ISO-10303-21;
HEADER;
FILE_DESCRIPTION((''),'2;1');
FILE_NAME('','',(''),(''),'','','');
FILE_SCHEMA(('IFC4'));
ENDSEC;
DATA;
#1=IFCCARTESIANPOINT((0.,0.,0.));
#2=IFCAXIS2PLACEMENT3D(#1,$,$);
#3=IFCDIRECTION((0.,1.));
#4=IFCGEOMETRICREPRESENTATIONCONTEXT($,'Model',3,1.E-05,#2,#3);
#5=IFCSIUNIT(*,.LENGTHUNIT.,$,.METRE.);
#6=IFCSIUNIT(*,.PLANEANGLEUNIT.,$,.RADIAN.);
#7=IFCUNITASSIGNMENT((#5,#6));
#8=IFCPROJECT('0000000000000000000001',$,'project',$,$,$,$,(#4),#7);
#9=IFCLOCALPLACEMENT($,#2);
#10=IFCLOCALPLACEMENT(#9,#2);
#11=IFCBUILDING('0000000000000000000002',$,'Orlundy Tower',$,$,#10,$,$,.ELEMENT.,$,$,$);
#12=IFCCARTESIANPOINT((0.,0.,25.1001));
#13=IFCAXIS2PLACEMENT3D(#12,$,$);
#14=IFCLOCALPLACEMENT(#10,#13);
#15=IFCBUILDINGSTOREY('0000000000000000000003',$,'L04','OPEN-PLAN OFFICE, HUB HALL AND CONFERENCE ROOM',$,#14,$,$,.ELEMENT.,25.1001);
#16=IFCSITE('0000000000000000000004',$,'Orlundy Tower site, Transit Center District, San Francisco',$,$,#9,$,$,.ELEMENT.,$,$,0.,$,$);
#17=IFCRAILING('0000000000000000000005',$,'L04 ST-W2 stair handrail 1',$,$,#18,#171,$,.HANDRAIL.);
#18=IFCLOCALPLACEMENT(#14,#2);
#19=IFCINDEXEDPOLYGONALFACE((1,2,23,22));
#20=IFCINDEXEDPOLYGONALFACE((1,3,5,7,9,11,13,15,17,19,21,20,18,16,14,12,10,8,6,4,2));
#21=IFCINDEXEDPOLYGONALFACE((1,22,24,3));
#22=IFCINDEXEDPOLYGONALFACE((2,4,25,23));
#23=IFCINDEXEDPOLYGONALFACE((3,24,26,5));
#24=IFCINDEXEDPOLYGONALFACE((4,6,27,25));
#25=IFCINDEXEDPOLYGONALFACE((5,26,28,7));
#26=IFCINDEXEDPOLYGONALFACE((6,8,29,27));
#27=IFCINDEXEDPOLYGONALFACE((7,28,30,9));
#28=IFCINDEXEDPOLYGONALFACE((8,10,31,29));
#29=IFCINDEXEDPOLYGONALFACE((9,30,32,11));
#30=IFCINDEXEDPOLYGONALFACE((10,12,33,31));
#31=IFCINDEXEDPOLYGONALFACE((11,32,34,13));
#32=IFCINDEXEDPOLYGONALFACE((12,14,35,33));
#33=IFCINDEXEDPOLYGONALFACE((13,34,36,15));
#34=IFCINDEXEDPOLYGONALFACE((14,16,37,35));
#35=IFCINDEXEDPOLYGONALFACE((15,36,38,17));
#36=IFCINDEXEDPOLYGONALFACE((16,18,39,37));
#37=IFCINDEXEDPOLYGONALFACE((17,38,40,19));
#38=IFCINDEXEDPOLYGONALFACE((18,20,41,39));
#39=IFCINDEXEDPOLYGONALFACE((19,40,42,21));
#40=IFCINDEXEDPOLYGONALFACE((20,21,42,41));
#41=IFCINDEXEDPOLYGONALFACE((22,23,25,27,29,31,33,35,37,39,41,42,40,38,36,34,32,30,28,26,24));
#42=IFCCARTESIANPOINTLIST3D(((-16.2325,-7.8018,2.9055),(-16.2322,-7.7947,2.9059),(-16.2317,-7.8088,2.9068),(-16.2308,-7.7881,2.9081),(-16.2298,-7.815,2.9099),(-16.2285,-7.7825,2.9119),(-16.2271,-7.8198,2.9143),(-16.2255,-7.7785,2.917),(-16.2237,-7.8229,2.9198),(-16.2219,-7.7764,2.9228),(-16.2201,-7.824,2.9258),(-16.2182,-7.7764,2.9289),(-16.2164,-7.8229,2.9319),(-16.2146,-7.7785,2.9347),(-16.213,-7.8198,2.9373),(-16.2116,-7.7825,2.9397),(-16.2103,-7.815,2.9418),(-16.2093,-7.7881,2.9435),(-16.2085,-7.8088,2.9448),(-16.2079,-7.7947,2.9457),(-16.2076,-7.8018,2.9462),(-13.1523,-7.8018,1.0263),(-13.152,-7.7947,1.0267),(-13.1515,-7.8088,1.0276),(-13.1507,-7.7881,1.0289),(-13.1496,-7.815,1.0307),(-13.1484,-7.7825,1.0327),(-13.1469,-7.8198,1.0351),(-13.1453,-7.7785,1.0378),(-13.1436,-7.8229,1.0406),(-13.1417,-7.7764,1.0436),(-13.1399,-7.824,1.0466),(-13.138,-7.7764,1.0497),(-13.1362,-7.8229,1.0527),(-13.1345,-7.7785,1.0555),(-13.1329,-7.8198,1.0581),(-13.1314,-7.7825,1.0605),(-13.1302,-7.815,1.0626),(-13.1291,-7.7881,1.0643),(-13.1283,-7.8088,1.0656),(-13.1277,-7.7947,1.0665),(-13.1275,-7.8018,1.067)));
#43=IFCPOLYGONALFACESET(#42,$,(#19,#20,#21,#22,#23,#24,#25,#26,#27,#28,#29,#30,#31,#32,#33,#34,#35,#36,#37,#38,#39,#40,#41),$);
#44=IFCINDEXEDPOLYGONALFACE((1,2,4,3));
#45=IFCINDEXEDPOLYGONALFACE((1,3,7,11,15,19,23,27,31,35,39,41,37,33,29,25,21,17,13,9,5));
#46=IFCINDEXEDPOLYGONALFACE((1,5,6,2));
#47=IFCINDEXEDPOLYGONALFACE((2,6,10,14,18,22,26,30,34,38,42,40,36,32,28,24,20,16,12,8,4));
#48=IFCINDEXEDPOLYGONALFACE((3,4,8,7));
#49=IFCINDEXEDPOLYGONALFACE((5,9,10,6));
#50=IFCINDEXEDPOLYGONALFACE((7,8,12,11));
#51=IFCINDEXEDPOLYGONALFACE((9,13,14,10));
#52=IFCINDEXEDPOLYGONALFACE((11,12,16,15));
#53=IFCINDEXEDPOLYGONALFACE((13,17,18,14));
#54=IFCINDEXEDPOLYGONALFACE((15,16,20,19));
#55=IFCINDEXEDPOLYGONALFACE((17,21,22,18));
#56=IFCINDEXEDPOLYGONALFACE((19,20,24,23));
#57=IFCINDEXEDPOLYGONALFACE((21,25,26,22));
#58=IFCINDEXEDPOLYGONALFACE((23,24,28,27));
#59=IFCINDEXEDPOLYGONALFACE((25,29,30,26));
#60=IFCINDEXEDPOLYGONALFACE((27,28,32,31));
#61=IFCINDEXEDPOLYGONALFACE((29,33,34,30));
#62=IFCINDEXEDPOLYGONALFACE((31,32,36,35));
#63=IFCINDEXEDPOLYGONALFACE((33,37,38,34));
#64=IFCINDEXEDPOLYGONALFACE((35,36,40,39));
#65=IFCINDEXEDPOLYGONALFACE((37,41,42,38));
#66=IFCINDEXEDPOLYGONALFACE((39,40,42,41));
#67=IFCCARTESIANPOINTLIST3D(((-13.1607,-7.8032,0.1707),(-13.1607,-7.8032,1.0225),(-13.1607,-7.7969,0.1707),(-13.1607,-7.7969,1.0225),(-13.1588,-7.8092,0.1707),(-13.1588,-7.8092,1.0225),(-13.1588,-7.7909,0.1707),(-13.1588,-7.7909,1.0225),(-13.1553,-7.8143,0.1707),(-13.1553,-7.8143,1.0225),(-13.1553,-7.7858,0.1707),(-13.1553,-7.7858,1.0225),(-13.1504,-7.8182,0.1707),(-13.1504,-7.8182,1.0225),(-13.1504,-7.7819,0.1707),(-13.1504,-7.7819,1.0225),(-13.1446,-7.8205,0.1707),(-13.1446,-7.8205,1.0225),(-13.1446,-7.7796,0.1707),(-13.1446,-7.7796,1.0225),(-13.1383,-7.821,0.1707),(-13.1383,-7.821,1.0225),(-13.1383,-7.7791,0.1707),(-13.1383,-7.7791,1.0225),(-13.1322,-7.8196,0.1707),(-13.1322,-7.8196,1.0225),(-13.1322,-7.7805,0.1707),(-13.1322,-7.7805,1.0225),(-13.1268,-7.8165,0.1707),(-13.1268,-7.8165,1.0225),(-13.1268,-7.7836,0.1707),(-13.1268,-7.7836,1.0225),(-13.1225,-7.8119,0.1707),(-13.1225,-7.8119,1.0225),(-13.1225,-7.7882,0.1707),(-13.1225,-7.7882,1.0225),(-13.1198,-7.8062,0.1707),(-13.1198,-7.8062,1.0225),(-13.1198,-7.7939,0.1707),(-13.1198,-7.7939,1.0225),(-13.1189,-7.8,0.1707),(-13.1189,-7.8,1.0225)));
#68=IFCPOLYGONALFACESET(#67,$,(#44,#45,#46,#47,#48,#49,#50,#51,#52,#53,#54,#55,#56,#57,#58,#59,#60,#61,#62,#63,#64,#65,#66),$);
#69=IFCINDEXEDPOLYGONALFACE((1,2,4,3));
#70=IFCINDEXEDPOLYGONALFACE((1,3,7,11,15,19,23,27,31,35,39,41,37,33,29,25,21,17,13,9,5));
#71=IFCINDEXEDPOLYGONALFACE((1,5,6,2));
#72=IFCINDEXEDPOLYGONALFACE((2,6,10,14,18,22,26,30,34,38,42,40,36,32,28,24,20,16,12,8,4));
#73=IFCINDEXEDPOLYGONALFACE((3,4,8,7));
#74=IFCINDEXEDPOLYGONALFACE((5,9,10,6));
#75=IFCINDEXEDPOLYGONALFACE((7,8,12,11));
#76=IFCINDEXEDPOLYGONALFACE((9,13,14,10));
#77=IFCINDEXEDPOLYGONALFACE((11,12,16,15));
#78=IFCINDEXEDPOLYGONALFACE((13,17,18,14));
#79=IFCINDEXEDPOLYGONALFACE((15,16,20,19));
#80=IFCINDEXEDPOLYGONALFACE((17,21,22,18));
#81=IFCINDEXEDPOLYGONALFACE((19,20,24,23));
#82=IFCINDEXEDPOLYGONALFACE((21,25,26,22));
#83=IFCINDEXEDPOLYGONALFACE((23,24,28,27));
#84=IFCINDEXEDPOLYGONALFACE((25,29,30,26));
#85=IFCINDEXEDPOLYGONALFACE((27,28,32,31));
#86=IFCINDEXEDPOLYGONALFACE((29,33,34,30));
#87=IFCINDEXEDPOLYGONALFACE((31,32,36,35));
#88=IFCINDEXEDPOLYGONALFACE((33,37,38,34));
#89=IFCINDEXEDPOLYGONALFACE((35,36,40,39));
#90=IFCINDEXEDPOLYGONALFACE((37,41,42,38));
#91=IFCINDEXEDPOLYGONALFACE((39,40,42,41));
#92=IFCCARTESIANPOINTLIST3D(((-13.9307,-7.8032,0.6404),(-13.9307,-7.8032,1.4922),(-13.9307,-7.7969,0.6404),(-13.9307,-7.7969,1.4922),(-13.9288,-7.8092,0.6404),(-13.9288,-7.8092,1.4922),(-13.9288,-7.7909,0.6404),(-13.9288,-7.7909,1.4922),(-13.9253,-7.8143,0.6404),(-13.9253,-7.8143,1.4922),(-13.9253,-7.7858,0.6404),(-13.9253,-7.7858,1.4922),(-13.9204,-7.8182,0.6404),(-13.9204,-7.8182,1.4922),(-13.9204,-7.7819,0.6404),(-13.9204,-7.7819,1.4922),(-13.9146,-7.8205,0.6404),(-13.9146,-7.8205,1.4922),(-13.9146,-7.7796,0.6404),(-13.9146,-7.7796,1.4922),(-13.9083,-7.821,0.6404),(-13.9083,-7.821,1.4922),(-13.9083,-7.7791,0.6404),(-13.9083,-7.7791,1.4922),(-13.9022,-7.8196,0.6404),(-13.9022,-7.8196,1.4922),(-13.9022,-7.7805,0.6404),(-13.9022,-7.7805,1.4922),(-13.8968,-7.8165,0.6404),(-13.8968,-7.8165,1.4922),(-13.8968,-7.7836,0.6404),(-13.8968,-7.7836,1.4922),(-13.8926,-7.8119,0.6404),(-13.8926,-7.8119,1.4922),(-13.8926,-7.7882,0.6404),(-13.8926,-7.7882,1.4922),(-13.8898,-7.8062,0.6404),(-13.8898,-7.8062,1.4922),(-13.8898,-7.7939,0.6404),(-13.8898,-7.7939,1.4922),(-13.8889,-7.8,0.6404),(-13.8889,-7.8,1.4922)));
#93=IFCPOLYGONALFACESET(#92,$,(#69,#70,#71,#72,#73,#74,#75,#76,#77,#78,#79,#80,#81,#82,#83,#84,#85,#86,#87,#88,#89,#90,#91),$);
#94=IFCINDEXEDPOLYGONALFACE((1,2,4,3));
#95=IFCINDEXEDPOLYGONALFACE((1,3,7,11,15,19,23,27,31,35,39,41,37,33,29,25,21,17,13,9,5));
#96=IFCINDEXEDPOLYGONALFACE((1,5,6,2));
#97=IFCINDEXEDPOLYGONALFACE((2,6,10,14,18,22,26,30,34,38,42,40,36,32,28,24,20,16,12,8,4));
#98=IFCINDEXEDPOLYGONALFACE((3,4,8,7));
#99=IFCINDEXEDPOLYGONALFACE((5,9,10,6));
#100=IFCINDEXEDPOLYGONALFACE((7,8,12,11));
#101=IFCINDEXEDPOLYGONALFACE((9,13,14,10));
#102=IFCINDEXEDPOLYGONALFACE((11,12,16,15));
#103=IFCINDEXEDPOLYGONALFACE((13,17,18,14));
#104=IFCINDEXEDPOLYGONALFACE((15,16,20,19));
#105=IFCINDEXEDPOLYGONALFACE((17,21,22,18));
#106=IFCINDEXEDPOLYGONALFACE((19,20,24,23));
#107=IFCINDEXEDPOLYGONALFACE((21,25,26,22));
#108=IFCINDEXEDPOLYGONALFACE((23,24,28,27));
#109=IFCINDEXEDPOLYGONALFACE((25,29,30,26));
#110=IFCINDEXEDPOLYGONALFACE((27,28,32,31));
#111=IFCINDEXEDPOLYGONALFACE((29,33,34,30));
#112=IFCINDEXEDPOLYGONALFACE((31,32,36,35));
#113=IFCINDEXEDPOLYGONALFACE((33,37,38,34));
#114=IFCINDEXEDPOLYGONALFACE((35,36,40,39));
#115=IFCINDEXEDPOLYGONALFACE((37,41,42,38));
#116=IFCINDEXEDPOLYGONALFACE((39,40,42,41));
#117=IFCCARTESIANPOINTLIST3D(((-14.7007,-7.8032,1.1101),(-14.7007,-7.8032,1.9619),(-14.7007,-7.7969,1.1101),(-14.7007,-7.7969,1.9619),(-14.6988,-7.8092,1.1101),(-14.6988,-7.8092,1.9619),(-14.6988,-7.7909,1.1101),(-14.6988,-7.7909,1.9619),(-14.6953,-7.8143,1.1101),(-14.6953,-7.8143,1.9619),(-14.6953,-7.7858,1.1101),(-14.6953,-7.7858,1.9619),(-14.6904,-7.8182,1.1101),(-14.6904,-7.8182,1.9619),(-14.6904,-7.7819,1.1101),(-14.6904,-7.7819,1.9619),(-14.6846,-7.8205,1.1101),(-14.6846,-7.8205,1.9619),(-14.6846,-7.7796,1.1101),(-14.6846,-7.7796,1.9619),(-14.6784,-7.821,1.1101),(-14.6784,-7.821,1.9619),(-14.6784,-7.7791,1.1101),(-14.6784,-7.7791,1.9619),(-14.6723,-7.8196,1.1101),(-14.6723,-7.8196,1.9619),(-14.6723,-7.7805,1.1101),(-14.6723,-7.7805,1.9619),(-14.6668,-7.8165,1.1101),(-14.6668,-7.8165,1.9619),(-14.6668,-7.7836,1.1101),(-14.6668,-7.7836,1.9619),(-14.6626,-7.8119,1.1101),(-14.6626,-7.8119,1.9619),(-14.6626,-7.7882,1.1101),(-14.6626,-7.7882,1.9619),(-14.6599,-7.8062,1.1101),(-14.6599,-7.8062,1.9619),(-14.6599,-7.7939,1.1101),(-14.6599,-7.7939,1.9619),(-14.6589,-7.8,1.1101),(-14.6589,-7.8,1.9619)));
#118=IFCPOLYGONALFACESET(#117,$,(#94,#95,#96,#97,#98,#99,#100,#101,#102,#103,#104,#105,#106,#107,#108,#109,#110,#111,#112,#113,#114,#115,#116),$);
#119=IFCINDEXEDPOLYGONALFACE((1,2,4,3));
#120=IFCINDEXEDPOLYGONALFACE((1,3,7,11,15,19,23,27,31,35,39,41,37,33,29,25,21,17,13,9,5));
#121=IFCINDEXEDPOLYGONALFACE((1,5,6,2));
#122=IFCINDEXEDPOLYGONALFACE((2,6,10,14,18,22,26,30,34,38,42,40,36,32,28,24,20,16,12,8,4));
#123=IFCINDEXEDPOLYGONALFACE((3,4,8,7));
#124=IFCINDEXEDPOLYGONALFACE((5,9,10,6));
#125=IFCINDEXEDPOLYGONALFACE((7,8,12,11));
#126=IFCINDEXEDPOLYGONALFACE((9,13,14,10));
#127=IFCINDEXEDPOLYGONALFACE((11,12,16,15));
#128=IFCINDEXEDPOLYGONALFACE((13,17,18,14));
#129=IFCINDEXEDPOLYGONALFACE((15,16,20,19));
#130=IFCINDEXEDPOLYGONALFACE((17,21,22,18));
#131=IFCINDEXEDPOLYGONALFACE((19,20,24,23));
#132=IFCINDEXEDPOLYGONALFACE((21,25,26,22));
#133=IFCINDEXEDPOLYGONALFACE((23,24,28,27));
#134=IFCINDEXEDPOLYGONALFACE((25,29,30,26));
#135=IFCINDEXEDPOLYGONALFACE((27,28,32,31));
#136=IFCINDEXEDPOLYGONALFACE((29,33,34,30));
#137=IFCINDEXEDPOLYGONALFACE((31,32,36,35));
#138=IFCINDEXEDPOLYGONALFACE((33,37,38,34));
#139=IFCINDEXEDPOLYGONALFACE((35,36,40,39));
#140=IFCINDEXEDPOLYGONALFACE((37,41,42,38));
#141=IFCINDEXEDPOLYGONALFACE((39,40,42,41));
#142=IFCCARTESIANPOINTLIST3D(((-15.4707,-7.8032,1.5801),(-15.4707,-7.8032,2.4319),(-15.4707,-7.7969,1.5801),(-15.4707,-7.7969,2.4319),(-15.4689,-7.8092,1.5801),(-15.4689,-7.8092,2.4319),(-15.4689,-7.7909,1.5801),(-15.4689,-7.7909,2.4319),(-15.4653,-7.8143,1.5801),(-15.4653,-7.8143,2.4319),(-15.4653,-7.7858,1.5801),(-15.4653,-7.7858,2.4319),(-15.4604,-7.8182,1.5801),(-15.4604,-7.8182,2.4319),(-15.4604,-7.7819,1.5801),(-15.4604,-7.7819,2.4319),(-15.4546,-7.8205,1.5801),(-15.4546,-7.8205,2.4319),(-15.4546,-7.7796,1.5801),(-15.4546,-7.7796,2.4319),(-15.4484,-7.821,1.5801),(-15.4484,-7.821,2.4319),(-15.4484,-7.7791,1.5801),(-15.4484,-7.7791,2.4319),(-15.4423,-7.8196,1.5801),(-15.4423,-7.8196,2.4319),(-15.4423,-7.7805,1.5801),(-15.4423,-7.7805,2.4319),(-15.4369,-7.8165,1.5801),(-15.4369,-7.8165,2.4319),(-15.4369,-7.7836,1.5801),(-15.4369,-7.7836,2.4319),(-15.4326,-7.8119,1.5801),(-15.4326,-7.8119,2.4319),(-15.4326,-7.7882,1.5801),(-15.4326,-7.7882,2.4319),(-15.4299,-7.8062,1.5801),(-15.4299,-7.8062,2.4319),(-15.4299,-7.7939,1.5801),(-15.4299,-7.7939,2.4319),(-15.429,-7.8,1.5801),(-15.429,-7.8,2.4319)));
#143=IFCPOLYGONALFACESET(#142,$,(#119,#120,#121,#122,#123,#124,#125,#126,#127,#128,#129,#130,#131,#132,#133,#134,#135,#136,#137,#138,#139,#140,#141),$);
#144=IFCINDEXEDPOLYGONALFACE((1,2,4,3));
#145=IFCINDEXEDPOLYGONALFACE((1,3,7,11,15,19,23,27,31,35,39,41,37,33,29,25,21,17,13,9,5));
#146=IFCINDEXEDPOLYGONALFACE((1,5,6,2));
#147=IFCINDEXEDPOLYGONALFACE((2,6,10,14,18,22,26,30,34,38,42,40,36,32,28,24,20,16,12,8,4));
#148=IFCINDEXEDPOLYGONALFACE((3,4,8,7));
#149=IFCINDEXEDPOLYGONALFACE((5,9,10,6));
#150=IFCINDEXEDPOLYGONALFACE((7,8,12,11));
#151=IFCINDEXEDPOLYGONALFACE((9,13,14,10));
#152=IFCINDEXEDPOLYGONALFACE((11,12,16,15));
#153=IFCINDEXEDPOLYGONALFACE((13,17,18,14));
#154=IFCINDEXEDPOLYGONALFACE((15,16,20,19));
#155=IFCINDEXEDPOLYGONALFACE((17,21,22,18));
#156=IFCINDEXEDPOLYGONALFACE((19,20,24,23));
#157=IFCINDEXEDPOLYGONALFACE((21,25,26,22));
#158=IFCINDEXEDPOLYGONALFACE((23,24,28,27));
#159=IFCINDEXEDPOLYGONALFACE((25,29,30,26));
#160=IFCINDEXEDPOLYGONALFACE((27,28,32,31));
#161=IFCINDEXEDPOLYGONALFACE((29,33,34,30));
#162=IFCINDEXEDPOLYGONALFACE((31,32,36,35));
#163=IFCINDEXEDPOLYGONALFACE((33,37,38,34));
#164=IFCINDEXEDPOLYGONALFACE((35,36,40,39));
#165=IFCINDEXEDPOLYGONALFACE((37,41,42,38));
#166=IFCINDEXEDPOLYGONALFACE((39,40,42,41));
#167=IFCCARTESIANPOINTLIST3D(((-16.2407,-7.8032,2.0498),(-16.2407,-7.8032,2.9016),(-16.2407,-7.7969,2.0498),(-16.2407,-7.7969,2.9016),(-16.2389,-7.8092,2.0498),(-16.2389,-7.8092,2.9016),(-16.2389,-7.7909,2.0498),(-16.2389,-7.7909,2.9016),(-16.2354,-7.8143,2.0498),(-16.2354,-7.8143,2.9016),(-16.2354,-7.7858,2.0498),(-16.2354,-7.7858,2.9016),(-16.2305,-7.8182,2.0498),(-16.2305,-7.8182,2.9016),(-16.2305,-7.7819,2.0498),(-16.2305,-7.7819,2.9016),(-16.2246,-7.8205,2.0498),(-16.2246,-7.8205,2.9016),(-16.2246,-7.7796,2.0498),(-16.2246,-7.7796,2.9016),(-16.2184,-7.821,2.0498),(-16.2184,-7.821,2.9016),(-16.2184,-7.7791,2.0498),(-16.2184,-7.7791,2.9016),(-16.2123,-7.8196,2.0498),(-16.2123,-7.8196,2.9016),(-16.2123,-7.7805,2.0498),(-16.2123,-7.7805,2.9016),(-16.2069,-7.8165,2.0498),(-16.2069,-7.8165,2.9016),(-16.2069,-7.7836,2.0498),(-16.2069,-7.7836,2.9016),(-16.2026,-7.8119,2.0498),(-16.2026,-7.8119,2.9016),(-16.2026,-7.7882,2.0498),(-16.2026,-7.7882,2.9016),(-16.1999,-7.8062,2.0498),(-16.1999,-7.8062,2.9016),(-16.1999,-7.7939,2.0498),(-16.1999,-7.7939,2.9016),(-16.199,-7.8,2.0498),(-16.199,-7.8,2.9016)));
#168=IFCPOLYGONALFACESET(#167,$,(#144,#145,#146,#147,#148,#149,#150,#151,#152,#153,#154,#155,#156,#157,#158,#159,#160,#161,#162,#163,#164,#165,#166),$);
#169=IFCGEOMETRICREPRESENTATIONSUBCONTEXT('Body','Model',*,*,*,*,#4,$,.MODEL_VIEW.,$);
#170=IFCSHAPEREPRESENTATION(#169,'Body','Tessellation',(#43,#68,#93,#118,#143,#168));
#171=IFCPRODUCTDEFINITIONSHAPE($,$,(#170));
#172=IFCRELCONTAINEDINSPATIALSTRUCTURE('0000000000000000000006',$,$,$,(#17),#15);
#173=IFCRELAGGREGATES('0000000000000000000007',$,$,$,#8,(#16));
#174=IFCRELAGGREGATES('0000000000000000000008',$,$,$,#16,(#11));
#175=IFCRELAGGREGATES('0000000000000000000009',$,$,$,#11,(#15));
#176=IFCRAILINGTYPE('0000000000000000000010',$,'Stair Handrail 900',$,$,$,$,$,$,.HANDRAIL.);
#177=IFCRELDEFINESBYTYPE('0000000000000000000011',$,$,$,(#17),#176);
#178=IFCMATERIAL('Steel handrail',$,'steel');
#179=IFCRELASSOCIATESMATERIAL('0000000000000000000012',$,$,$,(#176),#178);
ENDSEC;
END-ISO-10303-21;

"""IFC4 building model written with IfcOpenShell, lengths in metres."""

from ifc_helpers import new_model, si_unit, direction, frame, origin, origin_2d, place, context, subcontext, project, spatial, circle, extrude, material, type_object, element, save


model = new_model("IFC4")

# Units and contexts
model_context = context("Model", 3, precision=1e-05, world=origin(), true_north=direction((0.0, 1.0)))
body_context = subcontext(model_context, "Body", "Model", "MODEL_VIEW")
ifc_project = project(units=[si_unit("LENGTHUNIT", "METRE"), si_unit("PLANEANGLEUNIT", "RADIAN")], contexts=[model_context])

# Site, building, storey
site_placement = place(None, origin())
site = spatial("IfcSite", under=ifc_project, at=site_placement, Name="Orlundy Tower site, Transit Center District, San Francisco", CompositionType="ELEMENT", RefElevation=0.0)
building_placement = place(site_placement, origin())
building = spatial("IfcBuilding", under=site, at=building_placement, Name="Orlundy Tower", CompositionType="ELEMENT")
storey_placement = place(building_placement, frame((0.0, 0.0, 25.1001)))
storey = spatial("IfcBuildingStorey", under=building, at=storey_placement, Name="L04", Description="OPEN-PLAN OFFICE, HUB HALL AND CONFERENCE ROOM", CompositionType="ELEMENT", Elevation=25.1001)

# Railing
ifc_material_1 = material(Name="Steel handrail", Category="steel")
railing_type_1 = type_object("IfcRailingType", Name="Stair Handrail 900", PredefinedType="HANDRAIL", material=ifc_material_1)
railing_1_placement = place(storey_placement, frame((-13.1399, -7.8, 0.1707)))
element("IfcRailing", 1, at=railing_1_placement, inside=storey, type_object=railing_type_1, Name="L04 ST-W2 stair handrail 1", PredefinedType="HANDRAIL", context=body_context, shape_type="SweptSolid", body=[
    extrude(circle(Radius=0.0239, at=origin_2d()), frame((0.0, 0.0, 0.876), z_axis=(-0.853666, 0.0, 0.52082), x_axis=(0.0, -1.0, 0.0)), (0.0, 0.0, 1.0), 3.6082),
    extrude(circle(Radius=0.021, at=origin_2d()), origin(), (0.0, 0.0, 1.0), 0.8518),
    extrude(circle(Radius=0.021, at=origin_2d()), frame((-0.77, 0.0, 0.4697)), (0.0, 0.0, 1.0), 0.8518),
    extrude(circle(Radius=0.021, at=origin_2d()), frame((-1.54, 0.0, 0.9395)), (0.0, 0.0, 1.0), 0.8518),
    extrude(circle(Radius=0.021, at=origin_2d()), frame((-2.3101, 0.0, 1.4094)), (0.0, 0.0, 1.0), 0.8518),
    extrude(circle(Radius=0.021, at=origin_2d()), frame((-3.0801, 0.0, 1.8792)), (0.0, 0.0, 1.0), 0.8518),
])

save(model, "model.ifc")
